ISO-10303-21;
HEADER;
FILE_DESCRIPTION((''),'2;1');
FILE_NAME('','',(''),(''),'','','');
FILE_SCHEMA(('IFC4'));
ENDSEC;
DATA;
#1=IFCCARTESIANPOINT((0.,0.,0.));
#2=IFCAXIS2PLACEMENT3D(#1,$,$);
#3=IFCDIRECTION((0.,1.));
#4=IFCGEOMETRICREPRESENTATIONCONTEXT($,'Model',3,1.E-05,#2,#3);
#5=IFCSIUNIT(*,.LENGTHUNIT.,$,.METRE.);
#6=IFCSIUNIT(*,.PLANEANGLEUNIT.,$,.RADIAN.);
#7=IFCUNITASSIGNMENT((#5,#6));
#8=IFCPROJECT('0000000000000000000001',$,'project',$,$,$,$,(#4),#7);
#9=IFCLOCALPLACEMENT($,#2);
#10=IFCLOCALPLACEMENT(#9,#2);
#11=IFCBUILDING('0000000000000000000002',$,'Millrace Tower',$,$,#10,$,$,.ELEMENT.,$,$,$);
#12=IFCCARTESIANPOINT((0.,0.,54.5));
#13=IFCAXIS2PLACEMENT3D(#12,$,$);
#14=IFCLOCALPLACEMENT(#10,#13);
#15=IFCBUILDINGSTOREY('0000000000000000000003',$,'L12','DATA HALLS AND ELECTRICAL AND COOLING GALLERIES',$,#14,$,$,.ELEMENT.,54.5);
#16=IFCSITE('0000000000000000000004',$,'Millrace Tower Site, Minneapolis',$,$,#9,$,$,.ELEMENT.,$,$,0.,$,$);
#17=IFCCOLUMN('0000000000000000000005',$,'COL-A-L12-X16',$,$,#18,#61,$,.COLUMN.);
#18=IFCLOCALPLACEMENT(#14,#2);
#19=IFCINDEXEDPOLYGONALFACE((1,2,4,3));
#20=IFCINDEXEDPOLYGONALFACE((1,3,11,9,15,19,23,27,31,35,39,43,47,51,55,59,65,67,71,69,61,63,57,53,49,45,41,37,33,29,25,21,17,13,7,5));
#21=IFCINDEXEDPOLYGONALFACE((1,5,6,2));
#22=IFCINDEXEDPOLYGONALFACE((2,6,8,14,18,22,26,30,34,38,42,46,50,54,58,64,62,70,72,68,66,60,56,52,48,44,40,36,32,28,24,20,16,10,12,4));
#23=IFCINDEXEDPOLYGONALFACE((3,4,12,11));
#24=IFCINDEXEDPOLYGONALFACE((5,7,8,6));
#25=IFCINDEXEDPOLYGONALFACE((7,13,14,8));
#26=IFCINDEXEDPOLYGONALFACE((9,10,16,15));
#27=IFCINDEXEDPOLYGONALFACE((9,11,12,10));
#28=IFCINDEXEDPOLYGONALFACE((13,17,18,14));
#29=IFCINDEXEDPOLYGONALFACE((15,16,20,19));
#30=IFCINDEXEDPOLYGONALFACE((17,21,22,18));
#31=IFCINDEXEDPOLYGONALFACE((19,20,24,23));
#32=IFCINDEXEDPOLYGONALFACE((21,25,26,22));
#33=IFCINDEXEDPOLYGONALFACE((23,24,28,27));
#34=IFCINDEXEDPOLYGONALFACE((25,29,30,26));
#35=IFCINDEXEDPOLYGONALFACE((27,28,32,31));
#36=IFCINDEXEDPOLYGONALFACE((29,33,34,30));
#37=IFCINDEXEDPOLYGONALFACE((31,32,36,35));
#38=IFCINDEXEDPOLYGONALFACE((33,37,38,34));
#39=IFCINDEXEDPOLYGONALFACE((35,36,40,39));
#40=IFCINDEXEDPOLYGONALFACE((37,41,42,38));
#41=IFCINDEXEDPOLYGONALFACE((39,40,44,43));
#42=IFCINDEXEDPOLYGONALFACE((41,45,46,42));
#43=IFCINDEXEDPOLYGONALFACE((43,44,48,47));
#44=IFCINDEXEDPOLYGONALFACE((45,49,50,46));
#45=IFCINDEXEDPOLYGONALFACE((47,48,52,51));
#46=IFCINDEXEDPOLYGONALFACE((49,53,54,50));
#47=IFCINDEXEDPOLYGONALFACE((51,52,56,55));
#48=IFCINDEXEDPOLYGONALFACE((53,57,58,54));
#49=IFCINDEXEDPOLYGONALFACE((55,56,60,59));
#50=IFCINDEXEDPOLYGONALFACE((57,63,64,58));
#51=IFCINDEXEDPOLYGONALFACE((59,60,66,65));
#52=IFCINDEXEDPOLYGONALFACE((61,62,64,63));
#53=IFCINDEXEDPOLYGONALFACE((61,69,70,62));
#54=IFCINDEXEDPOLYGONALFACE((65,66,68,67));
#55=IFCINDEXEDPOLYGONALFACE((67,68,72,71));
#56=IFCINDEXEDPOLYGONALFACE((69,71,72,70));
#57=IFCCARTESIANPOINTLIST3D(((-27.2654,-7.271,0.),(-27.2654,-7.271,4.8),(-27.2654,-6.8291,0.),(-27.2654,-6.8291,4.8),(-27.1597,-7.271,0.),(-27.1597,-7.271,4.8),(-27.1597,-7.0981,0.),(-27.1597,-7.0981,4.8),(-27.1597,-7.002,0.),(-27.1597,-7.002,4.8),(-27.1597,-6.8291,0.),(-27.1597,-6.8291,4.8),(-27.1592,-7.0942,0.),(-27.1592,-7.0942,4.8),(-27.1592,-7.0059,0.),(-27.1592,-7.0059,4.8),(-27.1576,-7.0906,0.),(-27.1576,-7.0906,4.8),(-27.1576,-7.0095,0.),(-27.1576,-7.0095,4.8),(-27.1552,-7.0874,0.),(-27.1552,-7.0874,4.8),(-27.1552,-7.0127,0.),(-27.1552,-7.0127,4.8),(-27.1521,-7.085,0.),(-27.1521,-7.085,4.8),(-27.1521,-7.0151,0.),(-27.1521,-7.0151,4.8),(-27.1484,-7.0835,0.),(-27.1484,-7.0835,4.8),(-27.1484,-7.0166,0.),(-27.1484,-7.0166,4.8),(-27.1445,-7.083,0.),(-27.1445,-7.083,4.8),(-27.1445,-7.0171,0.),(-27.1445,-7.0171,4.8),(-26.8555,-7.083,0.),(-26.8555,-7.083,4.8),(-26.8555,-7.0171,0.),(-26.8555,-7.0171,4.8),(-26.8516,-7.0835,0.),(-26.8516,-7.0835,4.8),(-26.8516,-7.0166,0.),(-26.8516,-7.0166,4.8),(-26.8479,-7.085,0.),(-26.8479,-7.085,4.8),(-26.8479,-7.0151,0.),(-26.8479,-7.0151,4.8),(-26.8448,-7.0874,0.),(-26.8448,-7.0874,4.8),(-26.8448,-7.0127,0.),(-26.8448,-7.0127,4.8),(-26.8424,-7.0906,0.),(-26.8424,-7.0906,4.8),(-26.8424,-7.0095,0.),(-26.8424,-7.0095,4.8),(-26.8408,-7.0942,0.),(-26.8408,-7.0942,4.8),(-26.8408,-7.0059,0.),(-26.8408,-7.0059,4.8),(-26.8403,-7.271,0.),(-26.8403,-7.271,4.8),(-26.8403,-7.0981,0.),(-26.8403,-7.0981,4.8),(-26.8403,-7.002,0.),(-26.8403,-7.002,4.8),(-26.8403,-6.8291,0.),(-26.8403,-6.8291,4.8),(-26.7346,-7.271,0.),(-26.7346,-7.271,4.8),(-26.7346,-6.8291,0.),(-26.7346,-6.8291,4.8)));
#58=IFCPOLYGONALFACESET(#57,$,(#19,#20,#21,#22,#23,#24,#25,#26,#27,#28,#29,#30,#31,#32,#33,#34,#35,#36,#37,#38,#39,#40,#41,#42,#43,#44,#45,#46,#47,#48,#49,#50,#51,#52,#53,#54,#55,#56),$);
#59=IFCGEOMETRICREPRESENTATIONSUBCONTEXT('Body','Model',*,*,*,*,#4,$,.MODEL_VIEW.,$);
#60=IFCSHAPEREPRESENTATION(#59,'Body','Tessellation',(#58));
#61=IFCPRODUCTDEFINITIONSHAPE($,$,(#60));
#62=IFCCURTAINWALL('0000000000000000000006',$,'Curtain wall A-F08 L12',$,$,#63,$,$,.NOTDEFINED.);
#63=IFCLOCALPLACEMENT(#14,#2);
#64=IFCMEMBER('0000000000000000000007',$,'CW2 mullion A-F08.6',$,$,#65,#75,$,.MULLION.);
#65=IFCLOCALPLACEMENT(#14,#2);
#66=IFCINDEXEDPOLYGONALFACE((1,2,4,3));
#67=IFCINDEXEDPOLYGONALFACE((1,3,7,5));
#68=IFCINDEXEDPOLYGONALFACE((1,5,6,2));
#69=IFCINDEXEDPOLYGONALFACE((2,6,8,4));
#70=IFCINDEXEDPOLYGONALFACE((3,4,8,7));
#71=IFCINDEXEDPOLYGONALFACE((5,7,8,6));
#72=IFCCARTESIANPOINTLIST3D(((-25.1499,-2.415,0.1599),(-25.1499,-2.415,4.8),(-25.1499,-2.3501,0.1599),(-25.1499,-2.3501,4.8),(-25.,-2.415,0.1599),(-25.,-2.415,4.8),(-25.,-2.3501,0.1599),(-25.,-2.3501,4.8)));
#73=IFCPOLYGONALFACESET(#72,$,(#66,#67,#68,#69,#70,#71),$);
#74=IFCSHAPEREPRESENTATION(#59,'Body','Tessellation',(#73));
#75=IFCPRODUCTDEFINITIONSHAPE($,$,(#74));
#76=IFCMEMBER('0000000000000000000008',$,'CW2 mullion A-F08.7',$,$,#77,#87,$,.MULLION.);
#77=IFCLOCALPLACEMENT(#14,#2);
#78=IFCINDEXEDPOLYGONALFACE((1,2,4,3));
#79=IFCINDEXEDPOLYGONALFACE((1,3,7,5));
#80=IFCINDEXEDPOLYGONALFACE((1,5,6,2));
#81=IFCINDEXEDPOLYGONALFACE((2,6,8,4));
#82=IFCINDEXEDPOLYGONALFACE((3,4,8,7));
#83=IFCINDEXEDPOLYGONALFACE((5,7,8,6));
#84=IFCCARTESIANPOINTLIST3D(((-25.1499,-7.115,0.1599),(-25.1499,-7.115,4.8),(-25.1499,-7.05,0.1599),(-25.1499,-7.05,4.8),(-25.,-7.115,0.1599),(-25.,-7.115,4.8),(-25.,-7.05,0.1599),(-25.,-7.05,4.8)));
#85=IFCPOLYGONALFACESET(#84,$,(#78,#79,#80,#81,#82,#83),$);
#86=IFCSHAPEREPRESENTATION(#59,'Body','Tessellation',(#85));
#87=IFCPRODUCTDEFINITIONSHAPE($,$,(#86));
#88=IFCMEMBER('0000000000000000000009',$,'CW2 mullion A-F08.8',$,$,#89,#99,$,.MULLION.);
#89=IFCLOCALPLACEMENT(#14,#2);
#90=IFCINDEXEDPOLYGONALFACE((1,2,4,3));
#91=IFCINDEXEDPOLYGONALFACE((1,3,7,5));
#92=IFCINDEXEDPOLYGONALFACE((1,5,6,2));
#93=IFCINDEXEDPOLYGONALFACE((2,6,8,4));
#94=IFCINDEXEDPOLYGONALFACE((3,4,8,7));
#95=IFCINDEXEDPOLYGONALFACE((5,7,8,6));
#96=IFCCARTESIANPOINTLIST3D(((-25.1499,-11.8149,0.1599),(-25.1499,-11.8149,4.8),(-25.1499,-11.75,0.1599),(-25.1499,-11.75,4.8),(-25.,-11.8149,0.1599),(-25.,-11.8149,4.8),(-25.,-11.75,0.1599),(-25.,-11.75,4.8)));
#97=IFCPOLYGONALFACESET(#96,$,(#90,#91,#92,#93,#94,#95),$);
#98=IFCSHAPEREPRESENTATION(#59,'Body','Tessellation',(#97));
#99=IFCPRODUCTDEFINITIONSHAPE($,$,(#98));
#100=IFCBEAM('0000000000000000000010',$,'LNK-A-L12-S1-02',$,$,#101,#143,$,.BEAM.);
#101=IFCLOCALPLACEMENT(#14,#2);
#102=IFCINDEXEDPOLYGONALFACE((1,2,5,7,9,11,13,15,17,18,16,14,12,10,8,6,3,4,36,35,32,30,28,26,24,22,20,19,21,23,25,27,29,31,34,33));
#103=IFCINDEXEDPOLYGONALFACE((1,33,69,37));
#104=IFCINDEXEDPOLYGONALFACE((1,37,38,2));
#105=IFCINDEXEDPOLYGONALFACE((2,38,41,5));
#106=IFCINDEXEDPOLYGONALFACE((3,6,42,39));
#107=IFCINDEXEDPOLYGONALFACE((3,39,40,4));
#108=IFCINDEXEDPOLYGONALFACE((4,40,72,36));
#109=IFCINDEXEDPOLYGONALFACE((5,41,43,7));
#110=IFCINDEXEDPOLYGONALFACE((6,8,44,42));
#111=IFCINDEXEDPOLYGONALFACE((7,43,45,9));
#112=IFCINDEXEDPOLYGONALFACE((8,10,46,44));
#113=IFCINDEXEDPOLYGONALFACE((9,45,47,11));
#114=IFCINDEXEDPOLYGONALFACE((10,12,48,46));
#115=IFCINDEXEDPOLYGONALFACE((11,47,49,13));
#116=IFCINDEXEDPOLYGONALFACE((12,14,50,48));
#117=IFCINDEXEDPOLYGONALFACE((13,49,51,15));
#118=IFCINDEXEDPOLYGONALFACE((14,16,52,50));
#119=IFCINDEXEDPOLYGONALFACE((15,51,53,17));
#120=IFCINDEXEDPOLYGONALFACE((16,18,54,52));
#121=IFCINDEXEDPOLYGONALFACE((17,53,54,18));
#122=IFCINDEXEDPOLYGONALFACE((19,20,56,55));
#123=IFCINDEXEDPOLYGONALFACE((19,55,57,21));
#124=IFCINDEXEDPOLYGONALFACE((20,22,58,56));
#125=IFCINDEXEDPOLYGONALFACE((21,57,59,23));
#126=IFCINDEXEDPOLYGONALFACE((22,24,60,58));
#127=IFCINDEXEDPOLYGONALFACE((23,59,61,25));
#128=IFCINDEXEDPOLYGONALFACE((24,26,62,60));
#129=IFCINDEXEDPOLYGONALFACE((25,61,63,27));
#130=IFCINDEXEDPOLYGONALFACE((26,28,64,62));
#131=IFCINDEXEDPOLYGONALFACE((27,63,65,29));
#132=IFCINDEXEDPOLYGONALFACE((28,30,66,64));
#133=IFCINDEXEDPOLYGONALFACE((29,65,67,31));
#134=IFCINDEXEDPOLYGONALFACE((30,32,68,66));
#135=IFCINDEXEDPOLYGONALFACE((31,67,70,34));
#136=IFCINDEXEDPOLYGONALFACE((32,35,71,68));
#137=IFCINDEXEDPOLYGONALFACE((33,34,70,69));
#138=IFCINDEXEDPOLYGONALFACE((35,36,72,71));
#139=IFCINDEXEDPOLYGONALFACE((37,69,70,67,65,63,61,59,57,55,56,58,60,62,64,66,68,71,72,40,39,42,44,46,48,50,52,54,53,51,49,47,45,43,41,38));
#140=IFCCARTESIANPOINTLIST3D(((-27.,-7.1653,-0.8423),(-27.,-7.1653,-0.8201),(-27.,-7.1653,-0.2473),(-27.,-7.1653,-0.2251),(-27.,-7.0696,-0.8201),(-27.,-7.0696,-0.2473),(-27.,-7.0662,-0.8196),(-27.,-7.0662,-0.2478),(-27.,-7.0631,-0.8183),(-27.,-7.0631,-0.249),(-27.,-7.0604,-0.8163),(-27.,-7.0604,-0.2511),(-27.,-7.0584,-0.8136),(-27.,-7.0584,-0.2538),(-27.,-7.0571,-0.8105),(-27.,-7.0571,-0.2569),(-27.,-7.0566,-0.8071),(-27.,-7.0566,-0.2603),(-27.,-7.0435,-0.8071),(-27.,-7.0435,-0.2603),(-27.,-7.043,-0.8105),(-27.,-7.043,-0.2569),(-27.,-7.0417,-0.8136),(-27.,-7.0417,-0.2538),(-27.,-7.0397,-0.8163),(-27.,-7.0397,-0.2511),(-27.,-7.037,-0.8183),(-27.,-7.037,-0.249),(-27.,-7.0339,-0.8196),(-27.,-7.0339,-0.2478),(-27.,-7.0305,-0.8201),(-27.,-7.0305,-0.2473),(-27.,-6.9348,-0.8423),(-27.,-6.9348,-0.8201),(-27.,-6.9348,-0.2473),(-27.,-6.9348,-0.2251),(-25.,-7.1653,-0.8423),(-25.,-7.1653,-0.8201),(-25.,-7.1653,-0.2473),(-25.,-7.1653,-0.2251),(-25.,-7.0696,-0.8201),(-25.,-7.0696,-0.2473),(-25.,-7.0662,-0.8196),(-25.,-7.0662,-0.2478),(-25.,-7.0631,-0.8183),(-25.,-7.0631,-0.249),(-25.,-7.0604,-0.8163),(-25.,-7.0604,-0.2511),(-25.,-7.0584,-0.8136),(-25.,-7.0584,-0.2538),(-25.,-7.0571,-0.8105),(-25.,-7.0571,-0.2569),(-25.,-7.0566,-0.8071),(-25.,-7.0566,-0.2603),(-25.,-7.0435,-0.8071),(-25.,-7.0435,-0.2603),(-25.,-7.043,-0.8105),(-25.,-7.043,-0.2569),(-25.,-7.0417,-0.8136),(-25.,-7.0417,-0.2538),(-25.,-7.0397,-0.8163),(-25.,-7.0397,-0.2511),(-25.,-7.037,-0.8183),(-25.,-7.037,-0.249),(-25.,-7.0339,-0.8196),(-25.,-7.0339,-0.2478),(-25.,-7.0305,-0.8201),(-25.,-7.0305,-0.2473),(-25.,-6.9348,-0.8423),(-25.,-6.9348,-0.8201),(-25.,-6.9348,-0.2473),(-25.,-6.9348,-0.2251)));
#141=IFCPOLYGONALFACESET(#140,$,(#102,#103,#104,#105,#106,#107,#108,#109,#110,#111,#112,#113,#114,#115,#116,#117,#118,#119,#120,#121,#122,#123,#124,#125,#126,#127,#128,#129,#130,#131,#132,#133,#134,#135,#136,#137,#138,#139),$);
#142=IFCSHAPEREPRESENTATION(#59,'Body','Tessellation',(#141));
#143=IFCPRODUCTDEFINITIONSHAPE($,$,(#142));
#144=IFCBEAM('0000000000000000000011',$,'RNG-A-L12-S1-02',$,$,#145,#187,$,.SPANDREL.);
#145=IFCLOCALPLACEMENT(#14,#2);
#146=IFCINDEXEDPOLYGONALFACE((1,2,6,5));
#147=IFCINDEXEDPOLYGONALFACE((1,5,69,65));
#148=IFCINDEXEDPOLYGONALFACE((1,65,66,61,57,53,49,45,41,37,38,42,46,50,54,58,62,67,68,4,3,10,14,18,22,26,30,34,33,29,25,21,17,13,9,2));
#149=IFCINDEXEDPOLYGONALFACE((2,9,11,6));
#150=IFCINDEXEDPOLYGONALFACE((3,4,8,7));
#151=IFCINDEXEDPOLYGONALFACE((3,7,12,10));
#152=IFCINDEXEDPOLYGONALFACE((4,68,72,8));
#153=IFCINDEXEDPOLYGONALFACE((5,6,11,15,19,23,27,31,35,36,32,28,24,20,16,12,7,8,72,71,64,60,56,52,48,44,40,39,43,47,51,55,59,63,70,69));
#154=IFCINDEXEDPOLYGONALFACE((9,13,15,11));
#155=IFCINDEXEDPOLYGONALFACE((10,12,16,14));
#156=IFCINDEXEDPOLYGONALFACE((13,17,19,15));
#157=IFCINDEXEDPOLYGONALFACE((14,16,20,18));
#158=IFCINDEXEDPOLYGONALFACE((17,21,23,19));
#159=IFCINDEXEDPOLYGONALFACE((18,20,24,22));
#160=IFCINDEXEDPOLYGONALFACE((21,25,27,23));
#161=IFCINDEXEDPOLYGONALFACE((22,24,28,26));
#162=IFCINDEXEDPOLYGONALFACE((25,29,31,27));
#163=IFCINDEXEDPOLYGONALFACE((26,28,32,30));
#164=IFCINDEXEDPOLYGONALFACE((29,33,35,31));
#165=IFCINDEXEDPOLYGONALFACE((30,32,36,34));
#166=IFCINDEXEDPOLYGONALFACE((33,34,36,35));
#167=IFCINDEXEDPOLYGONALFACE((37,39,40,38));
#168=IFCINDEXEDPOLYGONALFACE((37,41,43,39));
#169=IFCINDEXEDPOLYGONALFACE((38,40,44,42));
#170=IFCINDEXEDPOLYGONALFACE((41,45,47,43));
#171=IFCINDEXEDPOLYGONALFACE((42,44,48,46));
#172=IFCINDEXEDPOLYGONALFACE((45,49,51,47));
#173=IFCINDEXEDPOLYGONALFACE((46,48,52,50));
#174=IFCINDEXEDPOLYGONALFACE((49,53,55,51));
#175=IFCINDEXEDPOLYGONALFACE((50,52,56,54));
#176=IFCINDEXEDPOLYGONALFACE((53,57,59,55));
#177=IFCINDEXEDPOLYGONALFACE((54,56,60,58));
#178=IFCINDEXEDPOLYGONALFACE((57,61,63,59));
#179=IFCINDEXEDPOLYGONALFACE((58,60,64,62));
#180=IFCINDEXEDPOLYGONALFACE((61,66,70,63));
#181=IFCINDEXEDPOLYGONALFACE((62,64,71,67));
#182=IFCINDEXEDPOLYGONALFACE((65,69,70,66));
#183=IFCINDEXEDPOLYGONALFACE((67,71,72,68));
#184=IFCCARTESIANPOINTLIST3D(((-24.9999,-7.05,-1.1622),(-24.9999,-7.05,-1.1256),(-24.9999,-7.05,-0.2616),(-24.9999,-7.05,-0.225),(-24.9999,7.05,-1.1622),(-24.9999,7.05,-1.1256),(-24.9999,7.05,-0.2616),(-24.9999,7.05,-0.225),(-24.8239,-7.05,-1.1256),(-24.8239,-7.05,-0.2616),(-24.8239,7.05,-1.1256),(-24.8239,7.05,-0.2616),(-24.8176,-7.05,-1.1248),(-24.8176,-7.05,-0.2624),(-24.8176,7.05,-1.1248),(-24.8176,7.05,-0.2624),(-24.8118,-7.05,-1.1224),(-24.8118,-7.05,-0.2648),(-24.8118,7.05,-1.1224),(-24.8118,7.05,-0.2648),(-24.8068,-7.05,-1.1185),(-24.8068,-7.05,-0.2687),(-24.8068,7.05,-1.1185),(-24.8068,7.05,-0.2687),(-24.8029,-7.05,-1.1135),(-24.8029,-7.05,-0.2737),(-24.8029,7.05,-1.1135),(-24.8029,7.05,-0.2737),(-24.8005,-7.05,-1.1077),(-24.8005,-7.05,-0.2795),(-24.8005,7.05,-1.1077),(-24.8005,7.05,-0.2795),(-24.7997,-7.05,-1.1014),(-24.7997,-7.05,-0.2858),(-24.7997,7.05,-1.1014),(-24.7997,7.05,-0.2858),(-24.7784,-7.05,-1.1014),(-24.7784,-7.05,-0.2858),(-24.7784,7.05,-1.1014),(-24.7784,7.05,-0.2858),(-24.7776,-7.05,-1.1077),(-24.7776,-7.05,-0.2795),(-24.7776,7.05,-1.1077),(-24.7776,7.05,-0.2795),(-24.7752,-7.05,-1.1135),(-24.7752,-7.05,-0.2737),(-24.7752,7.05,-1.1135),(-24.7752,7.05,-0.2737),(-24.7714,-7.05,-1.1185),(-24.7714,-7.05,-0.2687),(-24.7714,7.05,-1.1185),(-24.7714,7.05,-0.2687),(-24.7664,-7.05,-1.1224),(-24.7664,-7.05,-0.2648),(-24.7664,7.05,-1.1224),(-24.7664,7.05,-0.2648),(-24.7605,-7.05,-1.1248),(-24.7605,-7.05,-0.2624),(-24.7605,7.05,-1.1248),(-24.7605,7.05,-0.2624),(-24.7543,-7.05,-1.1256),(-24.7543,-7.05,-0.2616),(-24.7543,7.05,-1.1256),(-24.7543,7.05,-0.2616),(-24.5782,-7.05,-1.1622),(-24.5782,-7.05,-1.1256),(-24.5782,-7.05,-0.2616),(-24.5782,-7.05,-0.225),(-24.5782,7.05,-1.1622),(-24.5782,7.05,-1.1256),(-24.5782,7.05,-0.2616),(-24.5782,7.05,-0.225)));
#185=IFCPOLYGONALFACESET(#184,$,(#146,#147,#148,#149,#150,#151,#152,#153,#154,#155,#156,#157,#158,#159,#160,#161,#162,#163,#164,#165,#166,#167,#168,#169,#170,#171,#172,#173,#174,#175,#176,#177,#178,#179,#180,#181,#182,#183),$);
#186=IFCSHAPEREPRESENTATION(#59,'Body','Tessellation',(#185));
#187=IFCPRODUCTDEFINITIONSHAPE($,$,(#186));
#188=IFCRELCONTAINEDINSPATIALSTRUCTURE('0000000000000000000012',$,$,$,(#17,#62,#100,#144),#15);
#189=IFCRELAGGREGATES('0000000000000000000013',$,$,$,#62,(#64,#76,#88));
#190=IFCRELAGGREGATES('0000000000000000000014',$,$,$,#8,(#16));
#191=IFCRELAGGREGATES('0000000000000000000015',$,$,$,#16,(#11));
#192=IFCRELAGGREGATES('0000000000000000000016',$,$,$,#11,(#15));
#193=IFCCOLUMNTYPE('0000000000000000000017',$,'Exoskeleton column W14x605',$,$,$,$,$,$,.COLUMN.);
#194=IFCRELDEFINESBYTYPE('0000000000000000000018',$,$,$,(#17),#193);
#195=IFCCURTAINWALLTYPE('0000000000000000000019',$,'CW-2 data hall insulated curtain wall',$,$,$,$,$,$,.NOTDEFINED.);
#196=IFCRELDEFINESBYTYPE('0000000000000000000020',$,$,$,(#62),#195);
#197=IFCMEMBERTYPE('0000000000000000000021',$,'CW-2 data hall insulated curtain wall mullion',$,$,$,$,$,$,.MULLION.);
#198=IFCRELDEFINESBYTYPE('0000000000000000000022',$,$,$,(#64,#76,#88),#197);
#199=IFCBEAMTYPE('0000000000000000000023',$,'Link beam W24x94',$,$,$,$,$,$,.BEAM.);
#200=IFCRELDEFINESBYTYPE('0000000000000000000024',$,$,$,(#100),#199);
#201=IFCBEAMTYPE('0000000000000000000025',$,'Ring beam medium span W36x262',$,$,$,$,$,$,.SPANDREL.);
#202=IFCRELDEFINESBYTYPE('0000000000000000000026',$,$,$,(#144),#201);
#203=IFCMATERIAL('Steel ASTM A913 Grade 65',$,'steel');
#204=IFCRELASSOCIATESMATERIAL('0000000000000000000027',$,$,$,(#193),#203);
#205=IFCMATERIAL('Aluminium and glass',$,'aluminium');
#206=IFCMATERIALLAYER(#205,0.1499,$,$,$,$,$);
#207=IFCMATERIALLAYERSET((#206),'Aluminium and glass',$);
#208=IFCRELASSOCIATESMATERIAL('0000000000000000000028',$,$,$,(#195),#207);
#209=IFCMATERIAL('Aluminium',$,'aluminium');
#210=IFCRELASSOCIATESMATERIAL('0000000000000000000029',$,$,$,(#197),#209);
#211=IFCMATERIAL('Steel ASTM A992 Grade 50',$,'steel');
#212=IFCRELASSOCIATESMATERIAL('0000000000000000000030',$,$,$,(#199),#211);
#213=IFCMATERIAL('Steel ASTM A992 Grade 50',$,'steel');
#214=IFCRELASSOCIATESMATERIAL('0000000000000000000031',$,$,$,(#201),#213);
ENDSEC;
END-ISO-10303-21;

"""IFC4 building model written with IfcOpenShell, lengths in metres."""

from ifc_helpers import new_model, si_unit, direction, frame, origin, origin_2d, place, context, subcontext, project, spatial, rectangle, i_section, extrude, material, layer, layer_set, material_profile, profile_set, type_object, element, aggregate, save


model = new_model("IFC4")

# Units and contexts
model_context = context("Model", 3, precision=1e-05, world=origin(), true_north=direction((0.0, 1.0)))
body_context = subcontext(model_context, "Body", "Model", "MODEL_VIEW")
ifc_project = project(units=[si_unit("LENGTHUNIT", "METRE"), si_unit("PLANEANGLEUNIT", "RADIAN")], contexts=[model_context])

# Site, building, storey
site_placement = place(None, origin())
site = spatial("IfcSite", under=ifc_project, at=site_placement, Name="Millrace Tower Site, Minneapolis", CompositionType="ELEMENT", RefElevation=0.0)
building_placement = place(site_placement, origin())
building = spatial("IfcBuilding", under=site, at=building_placement, Name="Millrace Tower", CompositionType="ELEMENT")
storey_placement = place(building_placement, frame((0.0, 0.0, 54.5)))
storey = spatial("IfcBuildingStorey", under=building, at=storey_placement, Name="L12", Description="DATA HALLS AND ELECTRICAL AND COOLING GALLERIES", CompositionType="ELEMENT", Elevation=54.5)

# Column
ifc_material_1 = material(Name="Steel ASTM A913 Grade 65", Category="steel")
ifc_material_profile_1 = material_profile(ifc_material_1, i_section(OverallWidth=0.4419, OverallDepth=0.5308, WebThickness=0.0659, FlangeThickness=0.1057, FilletRadius=0.0151, at=origin_2d()))
ifc_profile_set_1 = profile_set([ifc_material_profile_1], Name="Steel ASTM A913 Grade 65")
column_type = type_object("IfcColumnType", Name="Exoskeleton column W14x605", PredefinedType="COLUMN", material=ifc_profile_set_1)
column_placement = place(storey_placement, frame((-27.0, -7.05, 0.0), z_axis=(0.0, 0.0, 1.0), x_axis=(0.0, -1.0, 0.0)))
element("IfcColumn", 1, at=column_placement, inside=storey, type_object=column_type, Name="COL-A-L12-X16", PredefinedType="COLUMN", context=body_context, shape_type="SweptSolid", body=[
    extrude(i_section(OverallWidth=0.4419, OverallDepth=0.5308, WebThickness=0.0659, FlangeThickness=0.1057, FilletRadius=0.0151, at=origin_2d()), origin(), (0.0, 0.0, 1.0), 4.8),
])

# Curtain wall, members
ifc_material_2 = material(Name="Aluminium and glass", Category="aluminium")
ifc_layer_1 = layer(ifc_material_2, 0.1499)
ifc_layer_set_1 = layer_set([ifc_layer_1], Name="Aluminium and glass")
curtain_wall_type = type_object("IfcCurtainWallType", Name="CW-2 data hall insulated curtain wall", PredefinedType="NOTDEFINED", material=ifc_layer_set_1)
curtain_wall_placement = place(storey_placement, origin())
curtain_wall = element("IfcCurtainWall", 2, at=curtain_wall_placement, inside=storey, type_object=curtain_wall_type, Name="Curtain wall A-F08 L12", PredefinedType="NOTDEFINED")
ifc_material_3 = material(Name="Aluminium", Category="aluminium")
ifc_material_profile_2 = material_profile(ifc_material_3, rectangle(XDim=0.0649, YDim=0.1499, at=origin_2d()))
ifc_profile_set_2 = profile_set([ifc_material_profile_2], Name="Aluminium")
member_type = type_object("IfcMemberType", Name="CW-2 data hall insulated curtain wall mullion", PredefinedType="MULLION", material=ifc_profile_set_2)
member_1_placement = place(storey_placement, frame((-25.075, -2.3826, 0.1599), z_axis=(0.0, 0.0, 1.0), x_axis=(0.0, -1.0, 0.0)))
member_1 = element("IfcMember", 3, at=member_1_placement, type_object=member_type, Name="CW2 mullion A-F08.6", PredefinedType="MULLION", context=body_context, shape_type="SweptSolid", body=[
    extrude(rectangle(XDim=0.0649, YDim=0.1499, at=origin_2d()), origin(), (0.0, 0.0, 1.0), 4.6401),
])
member_2_placement = place(storey_placement, frame((-25.075, -7.0825, 0.1599), z_axis=(0.0, 0.0, 1.0), x_axis=(0.0, -1.0, 0.0)))
member_2 = element("IfcMember", 4, at=member_2_placement, type_object=member_type, Name="CW2 mullion A-F08.7", PredefinedType="MULLION", context=body_context, shape_type="SweptSolid", body=[
    extrude(rectangle(XDim=0.0649, YDim=0.1499, at=origin_2d()), origin(), (0.0, 0.0, 1.0), 4.6401),
])
member_3_placement = place(storey_placement, frame((-25.075, -11.7825, 0.1599), z_axis=(0.0, 0.0, 1.0), x_axis=(0.0, -1.0, 0.0)))
member_3 = element("IfcMember", 5, at=member_3_placement, type_object=member_type, Name="CW2 mullion A-F08.8", PredefinedType="MULLION", context=body_context, shape_type="SweptSolid", body=[
    extrude(rectangle(XDim=0.0649, YDim=0.1499, at=origin_2d()), origin(), (0.0, 0.0, 1.0), 4.6401),
])
aggregate(curtain_wall, [member_1, member_2, member_3])

# Beams
ifc_material_4 = material(Name="Steel ASTM A992 Grade 50", Category="steel")
ifc_material_profile_3 = material_profile(ifc_material_4, i_section(OverallWidth=0.2305, OverallDepth=0.6172, WebThickness=0.0132, FlangeThickness=0.0222, FilletRadius=0.0129, at=origin_2d()))
ifc_profile_set_3 = profile_set([ifc_material_profile_3], Name="Steel ASTM A992 Grade 50")
beam_type_1 = type_object("IfcBeamType", Name="Link beam W24x94", PredefinedType="BEAM", material=ifc_profile_set_3)
beam_1_placement = place(storey_placement, frame((-25.0, -7.05, -0.5337), z_axis=(-1.0, 0.0, 0.0), x_axis=(0.0, -1.0, 0.0)))
element("IfcBeam", 6, at=beam_1_placement, inside=storey, type_object=beam_type_1, Name="LNK-A-L12-S1-02", PredefinedType="BEAM", context=body_context, shape_type="SweptSolid", body=[
    extrude(i_section(OverallWidth=0.2305, OverallDepth=0.6172, WebThickness=0.0132, FlangeThickness=0.0222, FilletRadius=0.0129, at=origin_2d()), origin(), (0.0, 0.0, 1.0), 2.0),
])
ifc_material_5 = material(Name="Steel ASTM A992 Grade 50", Category="steel")
ifc_material_profile_4 = material_profile(ifc_material_5, i_section(OverallWidth=0.4216, OverallDepth=0.9373, WebThickness=0.0212, FlangeThickness=0.0366, FilletRadius=0.0242, at=origin_2d()))
ifc_profile_set_4 = profile_set([ifc_material_profile_4], Name="Steel ASTM A992 Grade 50")
beam_type_2 = type_object("IfcBeamType", Name="Ring beam medium span W36x262", PredefinedType="SPANDREL", material=ifc_profile_set_4)
beam_2_placement = place(storey_placement, frame((-24.7891, -7.05, -0.6936), z_axis=(0.0, 1.0, 0.0), x_axis=(-1.0, 0.0, 0.0)))
element("IfcBeam", 7, at=beam_2_placement, inside=storey, type_object=beam_type_2, Name="RNG-A-L12-S1-02", PredefinedType="SPANDREL", context=body_context, shape_type="SweptSolid", body=[
    extrude(i_section(OverallWidth=0.4216, OverallDepth=0.9373, WebThickness=0.0212, FlangeThickness=0.0366, FilletRadius=0.0242, at=origin_2d()), origin(), (0.0, 0.0, 1.0), 14.1001),
])

save(model, "model.ifc")
